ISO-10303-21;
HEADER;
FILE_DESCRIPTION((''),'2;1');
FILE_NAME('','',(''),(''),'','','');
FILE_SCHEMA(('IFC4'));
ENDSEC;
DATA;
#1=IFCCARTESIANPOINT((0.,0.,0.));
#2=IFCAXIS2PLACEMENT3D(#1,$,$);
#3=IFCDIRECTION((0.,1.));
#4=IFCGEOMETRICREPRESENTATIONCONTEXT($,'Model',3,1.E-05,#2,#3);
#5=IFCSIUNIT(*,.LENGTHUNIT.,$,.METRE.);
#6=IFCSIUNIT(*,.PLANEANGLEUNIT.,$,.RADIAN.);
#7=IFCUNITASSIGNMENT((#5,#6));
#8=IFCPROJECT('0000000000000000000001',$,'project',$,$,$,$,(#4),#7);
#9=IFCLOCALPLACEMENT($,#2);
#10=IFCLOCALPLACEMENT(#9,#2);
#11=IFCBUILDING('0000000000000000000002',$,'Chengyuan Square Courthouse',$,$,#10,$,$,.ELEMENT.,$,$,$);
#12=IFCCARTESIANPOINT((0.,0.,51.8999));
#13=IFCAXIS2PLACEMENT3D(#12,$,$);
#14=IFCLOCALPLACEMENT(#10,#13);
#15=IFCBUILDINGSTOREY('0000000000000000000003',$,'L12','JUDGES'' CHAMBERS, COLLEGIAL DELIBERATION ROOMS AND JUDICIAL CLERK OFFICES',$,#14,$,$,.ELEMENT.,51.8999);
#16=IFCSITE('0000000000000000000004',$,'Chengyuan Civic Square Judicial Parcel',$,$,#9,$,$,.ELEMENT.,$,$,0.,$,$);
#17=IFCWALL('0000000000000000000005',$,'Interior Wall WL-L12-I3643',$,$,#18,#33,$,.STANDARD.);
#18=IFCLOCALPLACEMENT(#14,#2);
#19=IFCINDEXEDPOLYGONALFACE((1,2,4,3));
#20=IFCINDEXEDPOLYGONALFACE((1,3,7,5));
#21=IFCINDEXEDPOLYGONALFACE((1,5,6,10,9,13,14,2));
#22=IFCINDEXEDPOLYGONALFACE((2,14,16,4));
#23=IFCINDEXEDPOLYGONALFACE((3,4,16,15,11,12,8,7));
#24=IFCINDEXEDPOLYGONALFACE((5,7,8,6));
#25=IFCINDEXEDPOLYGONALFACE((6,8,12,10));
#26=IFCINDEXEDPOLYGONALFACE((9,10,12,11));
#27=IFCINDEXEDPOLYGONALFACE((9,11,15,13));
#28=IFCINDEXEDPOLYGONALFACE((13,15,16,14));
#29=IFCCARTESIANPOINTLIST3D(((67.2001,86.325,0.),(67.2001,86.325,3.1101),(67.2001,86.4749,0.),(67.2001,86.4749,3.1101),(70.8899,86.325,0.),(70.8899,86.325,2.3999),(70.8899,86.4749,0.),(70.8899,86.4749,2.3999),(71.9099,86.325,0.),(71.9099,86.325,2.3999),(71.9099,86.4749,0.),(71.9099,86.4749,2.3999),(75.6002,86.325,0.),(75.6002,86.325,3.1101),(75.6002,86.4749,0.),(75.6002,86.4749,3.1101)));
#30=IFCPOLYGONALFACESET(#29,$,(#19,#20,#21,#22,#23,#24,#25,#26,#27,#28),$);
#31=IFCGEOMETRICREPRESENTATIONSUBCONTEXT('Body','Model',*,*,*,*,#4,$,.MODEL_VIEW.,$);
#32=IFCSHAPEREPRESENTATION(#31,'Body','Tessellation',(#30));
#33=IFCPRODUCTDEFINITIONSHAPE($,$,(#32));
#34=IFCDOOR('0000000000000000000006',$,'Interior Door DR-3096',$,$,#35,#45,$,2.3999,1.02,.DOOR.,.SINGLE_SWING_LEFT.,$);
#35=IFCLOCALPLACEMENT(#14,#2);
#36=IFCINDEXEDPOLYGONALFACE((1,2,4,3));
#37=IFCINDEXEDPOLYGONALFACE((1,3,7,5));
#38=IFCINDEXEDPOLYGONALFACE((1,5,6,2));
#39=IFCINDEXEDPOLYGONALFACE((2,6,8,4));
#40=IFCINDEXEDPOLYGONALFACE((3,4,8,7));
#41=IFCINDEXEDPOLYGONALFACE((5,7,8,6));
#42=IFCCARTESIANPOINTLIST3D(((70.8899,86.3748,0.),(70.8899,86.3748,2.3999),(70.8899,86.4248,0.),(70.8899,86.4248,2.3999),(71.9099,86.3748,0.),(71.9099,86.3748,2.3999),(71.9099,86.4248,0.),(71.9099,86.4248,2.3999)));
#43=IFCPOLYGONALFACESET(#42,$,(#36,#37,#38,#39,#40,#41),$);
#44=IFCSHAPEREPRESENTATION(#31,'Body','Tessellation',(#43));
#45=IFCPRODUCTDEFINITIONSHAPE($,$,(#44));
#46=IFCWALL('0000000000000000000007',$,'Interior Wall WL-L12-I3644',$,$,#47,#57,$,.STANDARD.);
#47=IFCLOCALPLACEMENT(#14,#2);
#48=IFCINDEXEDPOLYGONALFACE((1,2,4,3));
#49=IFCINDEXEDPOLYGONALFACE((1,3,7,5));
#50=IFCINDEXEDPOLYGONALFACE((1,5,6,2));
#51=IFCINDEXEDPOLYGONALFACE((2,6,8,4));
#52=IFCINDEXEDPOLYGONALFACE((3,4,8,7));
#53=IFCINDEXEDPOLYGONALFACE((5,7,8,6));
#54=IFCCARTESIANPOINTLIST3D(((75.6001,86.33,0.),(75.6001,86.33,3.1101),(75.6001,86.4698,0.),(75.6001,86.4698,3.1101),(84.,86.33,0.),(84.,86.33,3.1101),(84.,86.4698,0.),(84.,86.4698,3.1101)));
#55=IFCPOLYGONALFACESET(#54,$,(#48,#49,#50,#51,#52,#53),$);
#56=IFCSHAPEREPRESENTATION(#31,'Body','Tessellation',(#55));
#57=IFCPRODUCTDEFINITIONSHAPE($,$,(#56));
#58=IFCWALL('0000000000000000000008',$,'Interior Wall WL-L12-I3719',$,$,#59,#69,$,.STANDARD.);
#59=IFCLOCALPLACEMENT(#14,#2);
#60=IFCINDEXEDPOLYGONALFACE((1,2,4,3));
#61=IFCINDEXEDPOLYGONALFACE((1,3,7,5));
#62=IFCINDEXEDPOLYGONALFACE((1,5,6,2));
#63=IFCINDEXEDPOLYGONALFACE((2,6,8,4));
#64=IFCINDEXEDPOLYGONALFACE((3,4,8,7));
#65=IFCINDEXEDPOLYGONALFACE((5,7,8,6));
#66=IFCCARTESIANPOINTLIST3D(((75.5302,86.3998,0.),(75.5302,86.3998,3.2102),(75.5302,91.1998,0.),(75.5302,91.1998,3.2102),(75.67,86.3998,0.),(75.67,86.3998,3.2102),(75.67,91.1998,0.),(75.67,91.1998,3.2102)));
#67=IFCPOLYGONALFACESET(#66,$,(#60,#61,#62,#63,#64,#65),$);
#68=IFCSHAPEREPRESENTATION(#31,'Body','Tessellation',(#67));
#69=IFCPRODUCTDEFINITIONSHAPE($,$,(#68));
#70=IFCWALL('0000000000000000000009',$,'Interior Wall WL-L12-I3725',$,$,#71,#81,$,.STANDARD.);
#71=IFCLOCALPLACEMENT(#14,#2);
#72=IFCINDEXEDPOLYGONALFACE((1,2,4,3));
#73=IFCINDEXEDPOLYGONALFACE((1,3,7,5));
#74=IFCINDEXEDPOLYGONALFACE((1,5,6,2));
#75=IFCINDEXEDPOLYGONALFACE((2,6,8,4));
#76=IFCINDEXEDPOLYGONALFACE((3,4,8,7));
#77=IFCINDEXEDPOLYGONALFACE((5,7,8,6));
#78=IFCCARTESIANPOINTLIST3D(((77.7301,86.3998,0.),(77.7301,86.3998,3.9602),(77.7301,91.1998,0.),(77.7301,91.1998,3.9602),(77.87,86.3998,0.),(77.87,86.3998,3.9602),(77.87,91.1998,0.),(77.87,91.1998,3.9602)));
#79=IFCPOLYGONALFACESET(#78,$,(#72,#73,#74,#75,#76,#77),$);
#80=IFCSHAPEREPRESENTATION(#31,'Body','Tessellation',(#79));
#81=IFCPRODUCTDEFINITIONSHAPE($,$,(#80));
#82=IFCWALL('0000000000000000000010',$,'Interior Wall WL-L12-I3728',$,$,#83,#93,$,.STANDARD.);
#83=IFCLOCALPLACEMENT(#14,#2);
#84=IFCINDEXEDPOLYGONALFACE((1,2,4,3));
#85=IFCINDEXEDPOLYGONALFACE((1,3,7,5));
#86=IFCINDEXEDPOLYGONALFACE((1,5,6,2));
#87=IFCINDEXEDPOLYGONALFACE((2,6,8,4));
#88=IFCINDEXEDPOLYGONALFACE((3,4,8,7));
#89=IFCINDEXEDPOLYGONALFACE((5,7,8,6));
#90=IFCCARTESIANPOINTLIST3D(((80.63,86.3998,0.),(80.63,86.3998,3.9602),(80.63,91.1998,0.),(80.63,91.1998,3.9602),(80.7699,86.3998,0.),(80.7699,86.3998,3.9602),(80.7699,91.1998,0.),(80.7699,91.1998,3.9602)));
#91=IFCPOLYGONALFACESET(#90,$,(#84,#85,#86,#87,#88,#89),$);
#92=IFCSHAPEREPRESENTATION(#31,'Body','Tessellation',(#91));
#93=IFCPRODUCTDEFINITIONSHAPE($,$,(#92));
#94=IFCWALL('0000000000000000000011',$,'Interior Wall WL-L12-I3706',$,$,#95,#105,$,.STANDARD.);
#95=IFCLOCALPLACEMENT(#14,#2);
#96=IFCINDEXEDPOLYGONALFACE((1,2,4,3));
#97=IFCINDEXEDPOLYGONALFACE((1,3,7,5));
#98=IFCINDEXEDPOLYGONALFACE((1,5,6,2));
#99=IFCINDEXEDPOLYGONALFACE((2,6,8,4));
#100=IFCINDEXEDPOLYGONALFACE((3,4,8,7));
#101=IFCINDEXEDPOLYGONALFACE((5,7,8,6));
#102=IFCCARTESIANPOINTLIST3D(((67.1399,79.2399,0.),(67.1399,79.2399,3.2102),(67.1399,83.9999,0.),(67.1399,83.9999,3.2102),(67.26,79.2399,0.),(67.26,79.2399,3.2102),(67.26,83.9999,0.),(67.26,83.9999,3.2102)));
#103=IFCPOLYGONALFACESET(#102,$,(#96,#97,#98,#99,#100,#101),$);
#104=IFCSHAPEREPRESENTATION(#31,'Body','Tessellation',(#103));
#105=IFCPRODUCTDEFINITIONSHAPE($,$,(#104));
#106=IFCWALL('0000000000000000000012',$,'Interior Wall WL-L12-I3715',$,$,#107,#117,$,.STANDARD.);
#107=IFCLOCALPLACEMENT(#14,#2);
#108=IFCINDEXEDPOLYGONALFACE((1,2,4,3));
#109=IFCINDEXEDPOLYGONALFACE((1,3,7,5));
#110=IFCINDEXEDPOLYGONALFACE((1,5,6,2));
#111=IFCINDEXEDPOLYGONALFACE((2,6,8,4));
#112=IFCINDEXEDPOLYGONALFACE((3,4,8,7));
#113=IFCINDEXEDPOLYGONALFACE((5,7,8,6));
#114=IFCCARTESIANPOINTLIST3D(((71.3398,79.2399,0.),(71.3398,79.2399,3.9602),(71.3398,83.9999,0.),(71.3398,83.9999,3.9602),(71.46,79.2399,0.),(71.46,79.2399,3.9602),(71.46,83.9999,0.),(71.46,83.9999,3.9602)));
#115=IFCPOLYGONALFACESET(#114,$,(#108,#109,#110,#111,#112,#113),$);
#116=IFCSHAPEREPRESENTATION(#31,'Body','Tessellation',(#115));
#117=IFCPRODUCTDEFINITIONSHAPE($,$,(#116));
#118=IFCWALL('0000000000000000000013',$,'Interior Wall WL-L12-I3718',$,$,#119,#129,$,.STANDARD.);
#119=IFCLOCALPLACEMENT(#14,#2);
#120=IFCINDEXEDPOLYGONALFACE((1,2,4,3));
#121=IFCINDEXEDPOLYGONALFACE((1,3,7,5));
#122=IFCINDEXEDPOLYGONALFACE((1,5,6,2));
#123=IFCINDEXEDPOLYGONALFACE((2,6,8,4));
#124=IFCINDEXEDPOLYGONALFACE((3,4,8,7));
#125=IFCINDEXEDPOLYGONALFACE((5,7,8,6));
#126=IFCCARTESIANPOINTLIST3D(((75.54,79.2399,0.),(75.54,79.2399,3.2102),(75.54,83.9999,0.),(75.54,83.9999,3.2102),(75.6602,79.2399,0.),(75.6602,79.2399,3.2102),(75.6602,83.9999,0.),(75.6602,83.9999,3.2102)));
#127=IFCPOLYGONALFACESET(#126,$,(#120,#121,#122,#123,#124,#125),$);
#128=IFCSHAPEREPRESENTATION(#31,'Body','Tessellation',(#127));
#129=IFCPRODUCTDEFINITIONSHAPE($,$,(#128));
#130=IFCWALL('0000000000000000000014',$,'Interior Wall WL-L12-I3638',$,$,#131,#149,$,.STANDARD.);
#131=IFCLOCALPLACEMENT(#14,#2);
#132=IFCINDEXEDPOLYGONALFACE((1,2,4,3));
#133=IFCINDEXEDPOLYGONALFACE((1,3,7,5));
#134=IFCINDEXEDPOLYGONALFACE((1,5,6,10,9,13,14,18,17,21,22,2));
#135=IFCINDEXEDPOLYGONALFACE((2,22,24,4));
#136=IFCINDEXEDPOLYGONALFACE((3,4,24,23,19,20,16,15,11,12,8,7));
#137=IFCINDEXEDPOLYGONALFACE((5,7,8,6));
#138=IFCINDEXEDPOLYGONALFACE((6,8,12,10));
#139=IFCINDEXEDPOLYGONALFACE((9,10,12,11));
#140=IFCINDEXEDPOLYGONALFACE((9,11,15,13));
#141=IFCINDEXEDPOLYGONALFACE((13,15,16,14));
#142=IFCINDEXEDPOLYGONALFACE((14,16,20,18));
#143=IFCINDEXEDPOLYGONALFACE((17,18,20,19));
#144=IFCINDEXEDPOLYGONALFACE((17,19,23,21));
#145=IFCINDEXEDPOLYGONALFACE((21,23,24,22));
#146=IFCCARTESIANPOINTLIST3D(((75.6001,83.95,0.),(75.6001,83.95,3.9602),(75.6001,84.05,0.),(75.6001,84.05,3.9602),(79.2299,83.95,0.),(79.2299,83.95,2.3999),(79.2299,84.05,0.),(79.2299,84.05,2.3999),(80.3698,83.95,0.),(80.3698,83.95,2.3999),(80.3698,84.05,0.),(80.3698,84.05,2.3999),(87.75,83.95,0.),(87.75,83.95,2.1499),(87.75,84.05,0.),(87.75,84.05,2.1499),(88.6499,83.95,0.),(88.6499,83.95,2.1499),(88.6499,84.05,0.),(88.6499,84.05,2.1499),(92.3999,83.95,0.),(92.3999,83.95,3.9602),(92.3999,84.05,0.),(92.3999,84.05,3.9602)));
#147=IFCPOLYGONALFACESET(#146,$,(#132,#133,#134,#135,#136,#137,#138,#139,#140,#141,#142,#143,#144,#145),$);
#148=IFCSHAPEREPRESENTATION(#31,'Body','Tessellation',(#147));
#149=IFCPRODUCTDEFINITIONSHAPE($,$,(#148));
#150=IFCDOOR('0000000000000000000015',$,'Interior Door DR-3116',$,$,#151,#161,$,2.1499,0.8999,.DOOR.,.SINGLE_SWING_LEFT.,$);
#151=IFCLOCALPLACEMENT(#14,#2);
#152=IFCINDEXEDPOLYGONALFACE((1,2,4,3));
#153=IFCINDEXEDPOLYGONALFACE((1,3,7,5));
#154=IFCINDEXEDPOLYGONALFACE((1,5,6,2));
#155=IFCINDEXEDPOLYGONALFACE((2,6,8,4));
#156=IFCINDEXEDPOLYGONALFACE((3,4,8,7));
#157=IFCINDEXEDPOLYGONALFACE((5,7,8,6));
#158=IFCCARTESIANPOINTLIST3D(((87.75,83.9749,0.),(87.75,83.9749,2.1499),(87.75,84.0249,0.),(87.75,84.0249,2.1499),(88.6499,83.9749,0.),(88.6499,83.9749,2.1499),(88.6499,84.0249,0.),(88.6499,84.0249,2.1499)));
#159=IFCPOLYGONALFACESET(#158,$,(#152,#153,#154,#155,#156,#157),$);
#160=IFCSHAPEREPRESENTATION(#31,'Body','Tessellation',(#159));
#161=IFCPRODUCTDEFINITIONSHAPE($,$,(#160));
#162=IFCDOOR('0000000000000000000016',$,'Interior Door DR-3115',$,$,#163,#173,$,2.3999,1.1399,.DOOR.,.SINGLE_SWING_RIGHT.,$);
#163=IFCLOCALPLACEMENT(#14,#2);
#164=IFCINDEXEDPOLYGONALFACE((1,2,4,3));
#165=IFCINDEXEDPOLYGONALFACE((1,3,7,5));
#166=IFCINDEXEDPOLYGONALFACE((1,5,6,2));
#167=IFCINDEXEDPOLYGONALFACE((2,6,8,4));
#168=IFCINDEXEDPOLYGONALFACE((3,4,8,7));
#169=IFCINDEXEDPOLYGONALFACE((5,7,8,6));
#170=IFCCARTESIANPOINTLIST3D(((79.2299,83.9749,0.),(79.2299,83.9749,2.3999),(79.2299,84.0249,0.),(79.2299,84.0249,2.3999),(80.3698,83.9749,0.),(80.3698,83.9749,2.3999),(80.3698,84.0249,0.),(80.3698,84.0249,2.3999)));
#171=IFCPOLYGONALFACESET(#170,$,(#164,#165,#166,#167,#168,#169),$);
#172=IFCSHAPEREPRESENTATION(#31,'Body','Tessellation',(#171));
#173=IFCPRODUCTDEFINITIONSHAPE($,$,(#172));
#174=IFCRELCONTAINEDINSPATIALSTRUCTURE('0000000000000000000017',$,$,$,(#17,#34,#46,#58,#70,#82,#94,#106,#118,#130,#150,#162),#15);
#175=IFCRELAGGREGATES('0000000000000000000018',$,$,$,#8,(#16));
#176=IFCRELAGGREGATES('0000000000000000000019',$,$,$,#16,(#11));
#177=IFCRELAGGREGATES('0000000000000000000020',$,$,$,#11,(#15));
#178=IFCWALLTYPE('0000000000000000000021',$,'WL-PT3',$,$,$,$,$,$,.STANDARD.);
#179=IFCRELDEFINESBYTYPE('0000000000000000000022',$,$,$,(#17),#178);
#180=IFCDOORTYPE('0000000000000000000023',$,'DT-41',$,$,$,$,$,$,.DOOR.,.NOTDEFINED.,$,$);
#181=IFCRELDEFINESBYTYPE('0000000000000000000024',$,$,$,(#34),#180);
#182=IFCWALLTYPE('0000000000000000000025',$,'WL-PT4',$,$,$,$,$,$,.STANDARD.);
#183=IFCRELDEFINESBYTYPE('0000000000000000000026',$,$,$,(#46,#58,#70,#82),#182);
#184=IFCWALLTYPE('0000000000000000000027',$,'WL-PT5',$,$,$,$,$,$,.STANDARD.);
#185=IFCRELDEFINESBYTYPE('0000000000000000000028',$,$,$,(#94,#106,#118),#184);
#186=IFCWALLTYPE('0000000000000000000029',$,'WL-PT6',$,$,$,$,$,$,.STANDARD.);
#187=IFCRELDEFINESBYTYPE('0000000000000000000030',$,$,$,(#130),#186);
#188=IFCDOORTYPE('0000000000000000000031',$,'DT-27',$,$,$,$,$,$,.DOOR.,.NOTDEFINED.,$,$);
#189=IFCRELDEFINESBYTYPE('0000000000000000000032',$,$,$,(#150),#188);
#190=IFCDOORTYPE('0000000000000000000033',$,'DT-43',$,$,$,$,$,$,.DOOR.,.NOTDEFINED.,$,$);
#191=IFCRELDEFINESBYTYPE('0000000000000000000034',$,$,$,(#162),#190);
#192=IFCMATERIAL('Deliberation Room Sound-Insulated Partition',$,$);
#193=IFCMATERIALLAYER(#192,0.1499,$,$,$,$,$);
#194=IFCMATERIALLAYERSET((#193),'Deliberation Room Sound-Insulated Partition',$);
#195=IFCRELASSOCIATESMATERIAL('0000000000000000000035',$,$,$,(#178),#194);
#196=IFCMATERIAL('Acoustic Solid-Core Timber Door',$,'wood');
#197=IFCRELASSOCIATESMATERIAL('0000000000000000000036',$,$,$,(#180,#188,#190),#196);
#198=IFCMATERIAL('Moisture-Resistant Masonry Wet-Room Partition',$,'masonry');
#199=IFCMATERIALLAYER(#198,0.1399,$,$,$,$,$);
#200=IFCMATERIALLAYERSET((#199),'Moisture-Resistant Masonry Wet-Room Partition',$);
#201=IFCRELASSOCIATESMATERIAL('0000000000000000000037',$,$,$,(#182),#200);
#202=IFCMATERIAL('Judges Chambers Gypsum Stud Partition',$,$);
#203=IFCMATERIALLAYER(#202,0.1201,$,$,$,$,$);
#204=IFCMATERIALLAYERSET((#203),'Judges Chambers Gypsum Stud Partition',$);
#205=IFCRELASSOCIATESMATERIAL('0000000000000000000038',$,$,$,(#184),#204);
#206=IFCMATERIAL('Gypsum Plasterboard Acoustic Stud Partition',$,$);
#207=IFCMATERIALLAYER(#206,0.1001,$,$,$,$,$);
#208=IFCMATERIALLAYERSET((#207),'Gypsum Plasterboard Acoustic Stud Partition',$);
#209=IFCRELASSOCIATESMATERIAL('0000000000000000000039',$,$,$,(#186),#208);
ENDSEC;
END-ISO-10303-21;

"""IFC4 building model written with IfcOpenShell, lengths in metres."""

from ifc_helpers import new_model, si_unit, direction, frame, frame_2d, origin, place, context, subcontext, project, spatial, rectangle, extrude, material, layer, layer_set, type_object, element, fill, save


model = new_model("IFC4")

# Units and contexts
model_context = context("Model", 3, precision=1e-05, world=origin(), true_north=direction((0.0, 1.0)))
body_context = subcontext(model_context, "Body", "Model", "MODEL_VIEW")
ifc_project = project(units=[si_unit("LENGTHUNIT", "METRE"), si_unit("PLANEANGLEUNIT", "RADIAN")], contexts=[model_context])

# Site, building, storey
site_placement = place(None, origin())
site = spatial("IfcSite", under=ifc_project, at=site_placement, Name="Chengyuan Civic Square Judicial Parcel", CompositionType="ELEMENT", RefElevation=0.0)
building_placement = place(site_placement, origin())
building = spatial("IfcBuilding", under=site, at=building_placement, Name="Chengyuan Square Courthouse", CompositionType="ELEMENT")
storey_placement = place(building_placement, frame((0.0, 0.0, 51.8999)))
storey = spatial("IfcBuildingStorey", under=building, at=storey_placement, Name="L12", Description="JUDGES' CHAMBERS, COLLEGIAL DELIBERATION ROOMS AND JUDICIAL CLERK OFFICES", CompositionType="ELEMENT", Elevation=51.8999)

# Wall, opening, door
ifc_material_1 = material(Name="Deliberation Room Sound-Insulated Partition")
ifc_layer_1 = layer(ifc_material_1, 0.1499)
ifc_layer_set_1 = layer_set([ifc_layer_1], Name="Deliberation Room Sound-Insulated Partition")
wall_type_1 = type_object("IfcWallType", Name="WL-PT3", PredefinedType="STANDARD", material=ifc_layer_set_1)
wall_1_placement = place(storey_placement, frame((67.2, 86.3999, 0.0), z_axis=(0.0, 0.0, 1.0), x_axis=(1.0, 0.0, 0.0)))
wall_1 = element("IfcWall", 1, at=wall_1_placement, inside=storey, type_object=wall_type_1, Name="Interior Wall WL-L12-I3643", PredefinedType="STANDARD", context=body_context, shape_type="SweptSolid", body=[
    extrude(rectangle(XDim=8.4001, YDim=0.1499, at=frame_2d((4.2002, 0.0))), origin(), (0.0, 0.0, 1.0), 3.1101),
])
opening_1_placement = place(wall_1_placement, frame((3.6899, 0.0, 0.0)))
opening_1 = element("IfcOpeningElement", 2, at=opening_1_placement, cuts=wall_1, PredefinedType="OPENING", context=body_context, shape_type="SweptSolid", body=[
    extrude(rectangle(XDim=1.02, YDim=2.3999, at=frame_2d((0.51, 1.2))), frame((0.0, 0.0869, 0.0), z_axis=(0.0, -1.0, 0.0), x_axis=(1.0, 0.0, 0.0)), (0.0, 0.0, 1.0), 0.1738),
])
ifc_material_2 = material(Name="Acoustic Solid-Core Timber Door", Category="wood")
door_type_1 = type_object("IfcDoorType", Name="DT-41", OperationType="NOTDEFINED", PredefinedType="DOOR", material=ifc_material_2)
door_1_placement = place(opening_1_placement, origin())
door_1 = element("IfcDoor", 3, at=door_1_placement, inside=storey, type_object=door_type_1, Name="Interior Door DR-3096", OperationType="SINGLE_SWING_LEFT", OverallHeight=2.3999, OverallWidth=1.02, PredefinedType="DOOR", context=body_context, shape_type="SweptSolid", body=[
    extrude(rectangle(XDim=1.02, YDim=2.3999, at=frame_2d((0.51, 1.2))), frame((0.0, 0.0249, 0.0), z_axis=(0.0, -1.0, 0.0), x_axis=(1.0, 0.0, 0.0)), (0.0, 0.0, 1.0), 0.05),
])
fill(opening_1, door_1)

# Walls
ifc_material_3 = material(Name="Moisture-Resistant Masonry Wet-Room Partition", Category="masonry")
ifc_layer_2 = layer(ifc_material_3, 0.1399)
ifc_layer_set_2 = layer_set([ifc_layer_2], Name="Moisture-Resistant Masonry Wet-Room Partition")
wall_type_2 = type_object("IfcWallType", Name="WL-PT4", PredefinedType="STANDARD", material=ifc_layer_set_2)
wall_2_placement = place(storey_placement, frame((75.6001, 86.3999, 0.0), z_axis=(0.0, 0.0, 1.0), x_axis=(1.0, 0.0, 0.0)))
element("IfcWall", 4, at=wall_2_placement, inside=storey, type_object=wall_type_2, Name="Interior Wall WL-L12-I3644", PredefinedType="STANDARD", context=body_context, shape_type="SweptSolid", body=[
    extrude(rectangle(XDim=8.3999, YDim=0.1399, at=frame_2d((4.2, 0.0))), origin(), (0.0, 0.0, 1.0), 3.1101),
])
wall_3_placement = place(storey_placement, frame((75.6001, 86.3999, 0.0), z_axis=(0.0, 0.0, 1.0), x_axis=(0.0, 1.0, 0.0)))
element("IfcWall", 5, at=wall_3_placement, inside=storey, type_object=wall_type_2, Name="Interior Wall WL-L12-I3719", PredefinedType="STANDARD", context=body_context, shape_type="SweptSolid", body=[
    extrude(rectangle(XDim=4.8, YDim=0.1399, at=frame_2d((2.3999, 0.0))), origin(), (0.0, 0.0, 1.0), 3.2102),
])
for number, where, z_axis, x_axis, name in (
    (6, (77.8, 86.3999, 0.0), (0.0, 0.0, 1.0), (0.0, 1.0, 0.0), "Interior Wall WL-L12-I3725"),
    (7, (80.7, 86.3999, 0.0), (0.0, 0.0, 1.0), (0.0, 1.0, 0.0), "Interior Wall WL-L12-I3728"),
):
    element("IfcWall", number, at=place(storey_placement, frame(where, z_axis=z_axis, x_axis=x_axis)), inside=storey, type_object=wall_type_2, Name=name, PredefinedType="STANDARD", context=body_context, shape_type="SweptSolid", body=[
        extrude(rectangle(XDim=4.8, YDim=0.1399, at=frame_2d((2.3999, 0.0))), origin(), (0.0, 0.0, 1.0), 3.9602),
    ])
ifc_material_4 = material(Name="Judges Chambers Gypsum Stud Partition")
ifc_layer_3 = layer(ifc_material_4, 0.1201)
ifc_layer_set_3 = layer_set([ifc_layer_3], Name="Judges Chambers Gypsum Stud Partition")
wall_type_3 = type_object("IfcWallType", Name="WL-PT5", PredefinedType="STANDARD", material=ifc_layer_set_3)
wall_4_placement = place(storey_placement, frame((67.2, 79.24, 0.0), z_axis=(0.0, 0.0, 1.0), x_axis=(0.0, 1.0, 0.0)))
element("IfcWall", 8, at=wall_4_placement, inside=storey, type_object=wall_type_3, Name="Interior Wall WL-L12-I3706", PredefinedType="STANDARD", context=body_context, shape_type="SweptSolid", body=[
    extrude(rectangle(XDim=4.76, YDim=0.1201, at=frame_2d((2.3799, 0.0))), origin(), (0.0, 0.0, 1.0), 3.2102),
])
wall_5_placement = place(storey_placement, frame((71.3999, 79.24, 0.0), z_axis=(0.0, 0.0, 1.0), x_axis=(0.0, 1.0, 0.0)))
element("IfcWall", 9, at=wall_5_placement, inside=storey, type_object=wall_type_3, Name="Interior Wall WL-L12-I3715", PredefinedType="STANDARD", context=body_context, shape_type="SweptSolid", body=[
    extrude(rectangle(XDim=4.76, YDim=0.1201, at=frame_2d((2.3799, 0.0))), origin(), (0.0, 0.0, 1.0), 3.9602),
])
wall_6_placement = place(storey_placement, frame((75.6001, 79.24, 0.0), z_axis=(0.0, 0.0, 1.0), x_axis=(0.0, 1.0, 0.0)))
element("IfcWall", 10, at=wall_6_placement, inside=storey, type_object=wall_type_3, Name="Interior Wall WL-L12-I3718", PredefinedType="STANDARD", context=body_context, shape_type="SweptSolid", body=[
    extrude(rectangle(XDim=4.76, YDim=0.1201, at=frame_2d((2.3799, 0.0))), origin(), (0.0, 0.0, 1.0), 3.2102),
])

# Wall, openings, doors
ifc_material_5 = material(Name="Gypsum Plasterboard Acoustic Stud Partition")
ifc_layer_4 = layer(ifc_material_5, 0.1001)
ifc_layer_set_4 = layer_set([ifc_layer_4], Name="Gypsum Plasterboard Acoustic Stud Partition")
wall_type_4 = type_object("IfcWallType", Name="WL-PT6", PredefinedType="STANDARD", material=ifc_layer_set_4)
wall_7_placement = place(storey_placement, frame((75.6001, 84.0, 0.0), z_axis=(0.0, 0.0, 1.0), x_axis=(1.0, 0.0, 0.0)))
wall_7 = element("IfcWall", 11, at=wall_7_placement, inside=storey, type_object=wall_type_4, Name="Interior Wall WL-L12-I3638", PredefinedType="STANDARD", context=body_context, shape_type="SweptSolid", body=[
    extrude(rectangle(XDim=16.7998, YDim=0.1001, at=frame_2d((8.3999, 0.0))), origin(), (0.0, 0.0, 1.0), 3.9602),
])
opening_2_placement = place(wall_7_placement, frame((3.6299, 0.0, 0.0)))
opening_2 = element("IfcOpeningElement", 12, at=opening_2_placement, cuts=wall_7, PredefinedType="OPENING", context=body_context, shape_type="SweptSolid", body=[
    extrude(rectangle(XDim=1.1399, YDim=2.3999, at=frame_2d((0.5698, 1.2))), frame((0.0, 0.062, 0.0), z_axis=(0.0, -1.0, 0.0), x_axis=(1.0, 0.0, 0.0)), (0.0, 0.0, 1.0), 0.124),
])
opening_3_placement = place(wall_7_placement, frame((12.1499, 0.0, 0.0)))
opening_3 = element("IfcOpeningElement", 13, at=opening_3_placement, cuts=wall_7, PredefinedType="OPENING", context=body_context, shape_type="SweptSolid", body=[
    extrude(rectangle(XDim=0.8999, YDim=2.1499, at=frame_2d((0.45, 1.075))), frame((0.0, 0.062, 0.0), z_axis=(0.0, -1.0, 0.0), x_axis=(1.0, 0.0, 0.0)), (0.0, 0.0, 1.0), 0.124),
])
door_type_2 = type_object("IfcDoorType", Name="DT-27", OperationType="NOTDEFINED", PredefinedType="DOOR", material=ifc_material_2)
door_2_placement = place(opening_3_placement, origin())
door_2 = element("IfcDoor", 14, at=door_2_placement, inside=storey, type_object=door_type_2, Name="Interior Door DR-3116", OperationType="SINGLE_SWING_LEFT", OverallHeight=2.1499, OverallWidth=0.8999, PredefinedType="DOOR", context=body_context, shape_type="SweptSolid", body=[
    extrude(rectangle(XDim=0.8999, YDim=2.1499, at=frame_2d((0.45, 1.075))), frame((0.0, 0.0249, 0.0), z_axis=(0.0, -1.0, 0.0), x_axis=(1.0, 0.0, 0.0)), (0.0, 0.0, 1.0), 0.05),
])
fill(opening_3, door_2)
door_type_3 = type_object("IfcDoorType", Name="DT-43", OperationType="NOTDEFINED", PredefinedType="DOOR", material=ifc_material_2)
door_3_placement = place(opening_2_placement, origin())
door_3 = element("IfcDoor", 15, at=door_3_placement, inside=storey, type_object=door_type_3, Name="Interior Door DR-3115", OperationType="SINGLE_SWING_RIGHT", OverallHeight=2.3999, OverallWidth=1.1399, PredefinedType="DOOR", context=body_context, shape_type="SweptSolid", body=[
    extrude(rectangle(XDim=1.1399, YDim=2.3999, at=frame_2d((0.5698, 1.2))), frame((0.0, 0.0249, 0.0), z_axis=(0.0, -1.0, 0.0), x_axis=(1.0, 0.0, 0.0)), (0.0, 0.0, 1.0), 0.05),
])
fill(opening_2, door_3)

save(model, "model.ifc")
